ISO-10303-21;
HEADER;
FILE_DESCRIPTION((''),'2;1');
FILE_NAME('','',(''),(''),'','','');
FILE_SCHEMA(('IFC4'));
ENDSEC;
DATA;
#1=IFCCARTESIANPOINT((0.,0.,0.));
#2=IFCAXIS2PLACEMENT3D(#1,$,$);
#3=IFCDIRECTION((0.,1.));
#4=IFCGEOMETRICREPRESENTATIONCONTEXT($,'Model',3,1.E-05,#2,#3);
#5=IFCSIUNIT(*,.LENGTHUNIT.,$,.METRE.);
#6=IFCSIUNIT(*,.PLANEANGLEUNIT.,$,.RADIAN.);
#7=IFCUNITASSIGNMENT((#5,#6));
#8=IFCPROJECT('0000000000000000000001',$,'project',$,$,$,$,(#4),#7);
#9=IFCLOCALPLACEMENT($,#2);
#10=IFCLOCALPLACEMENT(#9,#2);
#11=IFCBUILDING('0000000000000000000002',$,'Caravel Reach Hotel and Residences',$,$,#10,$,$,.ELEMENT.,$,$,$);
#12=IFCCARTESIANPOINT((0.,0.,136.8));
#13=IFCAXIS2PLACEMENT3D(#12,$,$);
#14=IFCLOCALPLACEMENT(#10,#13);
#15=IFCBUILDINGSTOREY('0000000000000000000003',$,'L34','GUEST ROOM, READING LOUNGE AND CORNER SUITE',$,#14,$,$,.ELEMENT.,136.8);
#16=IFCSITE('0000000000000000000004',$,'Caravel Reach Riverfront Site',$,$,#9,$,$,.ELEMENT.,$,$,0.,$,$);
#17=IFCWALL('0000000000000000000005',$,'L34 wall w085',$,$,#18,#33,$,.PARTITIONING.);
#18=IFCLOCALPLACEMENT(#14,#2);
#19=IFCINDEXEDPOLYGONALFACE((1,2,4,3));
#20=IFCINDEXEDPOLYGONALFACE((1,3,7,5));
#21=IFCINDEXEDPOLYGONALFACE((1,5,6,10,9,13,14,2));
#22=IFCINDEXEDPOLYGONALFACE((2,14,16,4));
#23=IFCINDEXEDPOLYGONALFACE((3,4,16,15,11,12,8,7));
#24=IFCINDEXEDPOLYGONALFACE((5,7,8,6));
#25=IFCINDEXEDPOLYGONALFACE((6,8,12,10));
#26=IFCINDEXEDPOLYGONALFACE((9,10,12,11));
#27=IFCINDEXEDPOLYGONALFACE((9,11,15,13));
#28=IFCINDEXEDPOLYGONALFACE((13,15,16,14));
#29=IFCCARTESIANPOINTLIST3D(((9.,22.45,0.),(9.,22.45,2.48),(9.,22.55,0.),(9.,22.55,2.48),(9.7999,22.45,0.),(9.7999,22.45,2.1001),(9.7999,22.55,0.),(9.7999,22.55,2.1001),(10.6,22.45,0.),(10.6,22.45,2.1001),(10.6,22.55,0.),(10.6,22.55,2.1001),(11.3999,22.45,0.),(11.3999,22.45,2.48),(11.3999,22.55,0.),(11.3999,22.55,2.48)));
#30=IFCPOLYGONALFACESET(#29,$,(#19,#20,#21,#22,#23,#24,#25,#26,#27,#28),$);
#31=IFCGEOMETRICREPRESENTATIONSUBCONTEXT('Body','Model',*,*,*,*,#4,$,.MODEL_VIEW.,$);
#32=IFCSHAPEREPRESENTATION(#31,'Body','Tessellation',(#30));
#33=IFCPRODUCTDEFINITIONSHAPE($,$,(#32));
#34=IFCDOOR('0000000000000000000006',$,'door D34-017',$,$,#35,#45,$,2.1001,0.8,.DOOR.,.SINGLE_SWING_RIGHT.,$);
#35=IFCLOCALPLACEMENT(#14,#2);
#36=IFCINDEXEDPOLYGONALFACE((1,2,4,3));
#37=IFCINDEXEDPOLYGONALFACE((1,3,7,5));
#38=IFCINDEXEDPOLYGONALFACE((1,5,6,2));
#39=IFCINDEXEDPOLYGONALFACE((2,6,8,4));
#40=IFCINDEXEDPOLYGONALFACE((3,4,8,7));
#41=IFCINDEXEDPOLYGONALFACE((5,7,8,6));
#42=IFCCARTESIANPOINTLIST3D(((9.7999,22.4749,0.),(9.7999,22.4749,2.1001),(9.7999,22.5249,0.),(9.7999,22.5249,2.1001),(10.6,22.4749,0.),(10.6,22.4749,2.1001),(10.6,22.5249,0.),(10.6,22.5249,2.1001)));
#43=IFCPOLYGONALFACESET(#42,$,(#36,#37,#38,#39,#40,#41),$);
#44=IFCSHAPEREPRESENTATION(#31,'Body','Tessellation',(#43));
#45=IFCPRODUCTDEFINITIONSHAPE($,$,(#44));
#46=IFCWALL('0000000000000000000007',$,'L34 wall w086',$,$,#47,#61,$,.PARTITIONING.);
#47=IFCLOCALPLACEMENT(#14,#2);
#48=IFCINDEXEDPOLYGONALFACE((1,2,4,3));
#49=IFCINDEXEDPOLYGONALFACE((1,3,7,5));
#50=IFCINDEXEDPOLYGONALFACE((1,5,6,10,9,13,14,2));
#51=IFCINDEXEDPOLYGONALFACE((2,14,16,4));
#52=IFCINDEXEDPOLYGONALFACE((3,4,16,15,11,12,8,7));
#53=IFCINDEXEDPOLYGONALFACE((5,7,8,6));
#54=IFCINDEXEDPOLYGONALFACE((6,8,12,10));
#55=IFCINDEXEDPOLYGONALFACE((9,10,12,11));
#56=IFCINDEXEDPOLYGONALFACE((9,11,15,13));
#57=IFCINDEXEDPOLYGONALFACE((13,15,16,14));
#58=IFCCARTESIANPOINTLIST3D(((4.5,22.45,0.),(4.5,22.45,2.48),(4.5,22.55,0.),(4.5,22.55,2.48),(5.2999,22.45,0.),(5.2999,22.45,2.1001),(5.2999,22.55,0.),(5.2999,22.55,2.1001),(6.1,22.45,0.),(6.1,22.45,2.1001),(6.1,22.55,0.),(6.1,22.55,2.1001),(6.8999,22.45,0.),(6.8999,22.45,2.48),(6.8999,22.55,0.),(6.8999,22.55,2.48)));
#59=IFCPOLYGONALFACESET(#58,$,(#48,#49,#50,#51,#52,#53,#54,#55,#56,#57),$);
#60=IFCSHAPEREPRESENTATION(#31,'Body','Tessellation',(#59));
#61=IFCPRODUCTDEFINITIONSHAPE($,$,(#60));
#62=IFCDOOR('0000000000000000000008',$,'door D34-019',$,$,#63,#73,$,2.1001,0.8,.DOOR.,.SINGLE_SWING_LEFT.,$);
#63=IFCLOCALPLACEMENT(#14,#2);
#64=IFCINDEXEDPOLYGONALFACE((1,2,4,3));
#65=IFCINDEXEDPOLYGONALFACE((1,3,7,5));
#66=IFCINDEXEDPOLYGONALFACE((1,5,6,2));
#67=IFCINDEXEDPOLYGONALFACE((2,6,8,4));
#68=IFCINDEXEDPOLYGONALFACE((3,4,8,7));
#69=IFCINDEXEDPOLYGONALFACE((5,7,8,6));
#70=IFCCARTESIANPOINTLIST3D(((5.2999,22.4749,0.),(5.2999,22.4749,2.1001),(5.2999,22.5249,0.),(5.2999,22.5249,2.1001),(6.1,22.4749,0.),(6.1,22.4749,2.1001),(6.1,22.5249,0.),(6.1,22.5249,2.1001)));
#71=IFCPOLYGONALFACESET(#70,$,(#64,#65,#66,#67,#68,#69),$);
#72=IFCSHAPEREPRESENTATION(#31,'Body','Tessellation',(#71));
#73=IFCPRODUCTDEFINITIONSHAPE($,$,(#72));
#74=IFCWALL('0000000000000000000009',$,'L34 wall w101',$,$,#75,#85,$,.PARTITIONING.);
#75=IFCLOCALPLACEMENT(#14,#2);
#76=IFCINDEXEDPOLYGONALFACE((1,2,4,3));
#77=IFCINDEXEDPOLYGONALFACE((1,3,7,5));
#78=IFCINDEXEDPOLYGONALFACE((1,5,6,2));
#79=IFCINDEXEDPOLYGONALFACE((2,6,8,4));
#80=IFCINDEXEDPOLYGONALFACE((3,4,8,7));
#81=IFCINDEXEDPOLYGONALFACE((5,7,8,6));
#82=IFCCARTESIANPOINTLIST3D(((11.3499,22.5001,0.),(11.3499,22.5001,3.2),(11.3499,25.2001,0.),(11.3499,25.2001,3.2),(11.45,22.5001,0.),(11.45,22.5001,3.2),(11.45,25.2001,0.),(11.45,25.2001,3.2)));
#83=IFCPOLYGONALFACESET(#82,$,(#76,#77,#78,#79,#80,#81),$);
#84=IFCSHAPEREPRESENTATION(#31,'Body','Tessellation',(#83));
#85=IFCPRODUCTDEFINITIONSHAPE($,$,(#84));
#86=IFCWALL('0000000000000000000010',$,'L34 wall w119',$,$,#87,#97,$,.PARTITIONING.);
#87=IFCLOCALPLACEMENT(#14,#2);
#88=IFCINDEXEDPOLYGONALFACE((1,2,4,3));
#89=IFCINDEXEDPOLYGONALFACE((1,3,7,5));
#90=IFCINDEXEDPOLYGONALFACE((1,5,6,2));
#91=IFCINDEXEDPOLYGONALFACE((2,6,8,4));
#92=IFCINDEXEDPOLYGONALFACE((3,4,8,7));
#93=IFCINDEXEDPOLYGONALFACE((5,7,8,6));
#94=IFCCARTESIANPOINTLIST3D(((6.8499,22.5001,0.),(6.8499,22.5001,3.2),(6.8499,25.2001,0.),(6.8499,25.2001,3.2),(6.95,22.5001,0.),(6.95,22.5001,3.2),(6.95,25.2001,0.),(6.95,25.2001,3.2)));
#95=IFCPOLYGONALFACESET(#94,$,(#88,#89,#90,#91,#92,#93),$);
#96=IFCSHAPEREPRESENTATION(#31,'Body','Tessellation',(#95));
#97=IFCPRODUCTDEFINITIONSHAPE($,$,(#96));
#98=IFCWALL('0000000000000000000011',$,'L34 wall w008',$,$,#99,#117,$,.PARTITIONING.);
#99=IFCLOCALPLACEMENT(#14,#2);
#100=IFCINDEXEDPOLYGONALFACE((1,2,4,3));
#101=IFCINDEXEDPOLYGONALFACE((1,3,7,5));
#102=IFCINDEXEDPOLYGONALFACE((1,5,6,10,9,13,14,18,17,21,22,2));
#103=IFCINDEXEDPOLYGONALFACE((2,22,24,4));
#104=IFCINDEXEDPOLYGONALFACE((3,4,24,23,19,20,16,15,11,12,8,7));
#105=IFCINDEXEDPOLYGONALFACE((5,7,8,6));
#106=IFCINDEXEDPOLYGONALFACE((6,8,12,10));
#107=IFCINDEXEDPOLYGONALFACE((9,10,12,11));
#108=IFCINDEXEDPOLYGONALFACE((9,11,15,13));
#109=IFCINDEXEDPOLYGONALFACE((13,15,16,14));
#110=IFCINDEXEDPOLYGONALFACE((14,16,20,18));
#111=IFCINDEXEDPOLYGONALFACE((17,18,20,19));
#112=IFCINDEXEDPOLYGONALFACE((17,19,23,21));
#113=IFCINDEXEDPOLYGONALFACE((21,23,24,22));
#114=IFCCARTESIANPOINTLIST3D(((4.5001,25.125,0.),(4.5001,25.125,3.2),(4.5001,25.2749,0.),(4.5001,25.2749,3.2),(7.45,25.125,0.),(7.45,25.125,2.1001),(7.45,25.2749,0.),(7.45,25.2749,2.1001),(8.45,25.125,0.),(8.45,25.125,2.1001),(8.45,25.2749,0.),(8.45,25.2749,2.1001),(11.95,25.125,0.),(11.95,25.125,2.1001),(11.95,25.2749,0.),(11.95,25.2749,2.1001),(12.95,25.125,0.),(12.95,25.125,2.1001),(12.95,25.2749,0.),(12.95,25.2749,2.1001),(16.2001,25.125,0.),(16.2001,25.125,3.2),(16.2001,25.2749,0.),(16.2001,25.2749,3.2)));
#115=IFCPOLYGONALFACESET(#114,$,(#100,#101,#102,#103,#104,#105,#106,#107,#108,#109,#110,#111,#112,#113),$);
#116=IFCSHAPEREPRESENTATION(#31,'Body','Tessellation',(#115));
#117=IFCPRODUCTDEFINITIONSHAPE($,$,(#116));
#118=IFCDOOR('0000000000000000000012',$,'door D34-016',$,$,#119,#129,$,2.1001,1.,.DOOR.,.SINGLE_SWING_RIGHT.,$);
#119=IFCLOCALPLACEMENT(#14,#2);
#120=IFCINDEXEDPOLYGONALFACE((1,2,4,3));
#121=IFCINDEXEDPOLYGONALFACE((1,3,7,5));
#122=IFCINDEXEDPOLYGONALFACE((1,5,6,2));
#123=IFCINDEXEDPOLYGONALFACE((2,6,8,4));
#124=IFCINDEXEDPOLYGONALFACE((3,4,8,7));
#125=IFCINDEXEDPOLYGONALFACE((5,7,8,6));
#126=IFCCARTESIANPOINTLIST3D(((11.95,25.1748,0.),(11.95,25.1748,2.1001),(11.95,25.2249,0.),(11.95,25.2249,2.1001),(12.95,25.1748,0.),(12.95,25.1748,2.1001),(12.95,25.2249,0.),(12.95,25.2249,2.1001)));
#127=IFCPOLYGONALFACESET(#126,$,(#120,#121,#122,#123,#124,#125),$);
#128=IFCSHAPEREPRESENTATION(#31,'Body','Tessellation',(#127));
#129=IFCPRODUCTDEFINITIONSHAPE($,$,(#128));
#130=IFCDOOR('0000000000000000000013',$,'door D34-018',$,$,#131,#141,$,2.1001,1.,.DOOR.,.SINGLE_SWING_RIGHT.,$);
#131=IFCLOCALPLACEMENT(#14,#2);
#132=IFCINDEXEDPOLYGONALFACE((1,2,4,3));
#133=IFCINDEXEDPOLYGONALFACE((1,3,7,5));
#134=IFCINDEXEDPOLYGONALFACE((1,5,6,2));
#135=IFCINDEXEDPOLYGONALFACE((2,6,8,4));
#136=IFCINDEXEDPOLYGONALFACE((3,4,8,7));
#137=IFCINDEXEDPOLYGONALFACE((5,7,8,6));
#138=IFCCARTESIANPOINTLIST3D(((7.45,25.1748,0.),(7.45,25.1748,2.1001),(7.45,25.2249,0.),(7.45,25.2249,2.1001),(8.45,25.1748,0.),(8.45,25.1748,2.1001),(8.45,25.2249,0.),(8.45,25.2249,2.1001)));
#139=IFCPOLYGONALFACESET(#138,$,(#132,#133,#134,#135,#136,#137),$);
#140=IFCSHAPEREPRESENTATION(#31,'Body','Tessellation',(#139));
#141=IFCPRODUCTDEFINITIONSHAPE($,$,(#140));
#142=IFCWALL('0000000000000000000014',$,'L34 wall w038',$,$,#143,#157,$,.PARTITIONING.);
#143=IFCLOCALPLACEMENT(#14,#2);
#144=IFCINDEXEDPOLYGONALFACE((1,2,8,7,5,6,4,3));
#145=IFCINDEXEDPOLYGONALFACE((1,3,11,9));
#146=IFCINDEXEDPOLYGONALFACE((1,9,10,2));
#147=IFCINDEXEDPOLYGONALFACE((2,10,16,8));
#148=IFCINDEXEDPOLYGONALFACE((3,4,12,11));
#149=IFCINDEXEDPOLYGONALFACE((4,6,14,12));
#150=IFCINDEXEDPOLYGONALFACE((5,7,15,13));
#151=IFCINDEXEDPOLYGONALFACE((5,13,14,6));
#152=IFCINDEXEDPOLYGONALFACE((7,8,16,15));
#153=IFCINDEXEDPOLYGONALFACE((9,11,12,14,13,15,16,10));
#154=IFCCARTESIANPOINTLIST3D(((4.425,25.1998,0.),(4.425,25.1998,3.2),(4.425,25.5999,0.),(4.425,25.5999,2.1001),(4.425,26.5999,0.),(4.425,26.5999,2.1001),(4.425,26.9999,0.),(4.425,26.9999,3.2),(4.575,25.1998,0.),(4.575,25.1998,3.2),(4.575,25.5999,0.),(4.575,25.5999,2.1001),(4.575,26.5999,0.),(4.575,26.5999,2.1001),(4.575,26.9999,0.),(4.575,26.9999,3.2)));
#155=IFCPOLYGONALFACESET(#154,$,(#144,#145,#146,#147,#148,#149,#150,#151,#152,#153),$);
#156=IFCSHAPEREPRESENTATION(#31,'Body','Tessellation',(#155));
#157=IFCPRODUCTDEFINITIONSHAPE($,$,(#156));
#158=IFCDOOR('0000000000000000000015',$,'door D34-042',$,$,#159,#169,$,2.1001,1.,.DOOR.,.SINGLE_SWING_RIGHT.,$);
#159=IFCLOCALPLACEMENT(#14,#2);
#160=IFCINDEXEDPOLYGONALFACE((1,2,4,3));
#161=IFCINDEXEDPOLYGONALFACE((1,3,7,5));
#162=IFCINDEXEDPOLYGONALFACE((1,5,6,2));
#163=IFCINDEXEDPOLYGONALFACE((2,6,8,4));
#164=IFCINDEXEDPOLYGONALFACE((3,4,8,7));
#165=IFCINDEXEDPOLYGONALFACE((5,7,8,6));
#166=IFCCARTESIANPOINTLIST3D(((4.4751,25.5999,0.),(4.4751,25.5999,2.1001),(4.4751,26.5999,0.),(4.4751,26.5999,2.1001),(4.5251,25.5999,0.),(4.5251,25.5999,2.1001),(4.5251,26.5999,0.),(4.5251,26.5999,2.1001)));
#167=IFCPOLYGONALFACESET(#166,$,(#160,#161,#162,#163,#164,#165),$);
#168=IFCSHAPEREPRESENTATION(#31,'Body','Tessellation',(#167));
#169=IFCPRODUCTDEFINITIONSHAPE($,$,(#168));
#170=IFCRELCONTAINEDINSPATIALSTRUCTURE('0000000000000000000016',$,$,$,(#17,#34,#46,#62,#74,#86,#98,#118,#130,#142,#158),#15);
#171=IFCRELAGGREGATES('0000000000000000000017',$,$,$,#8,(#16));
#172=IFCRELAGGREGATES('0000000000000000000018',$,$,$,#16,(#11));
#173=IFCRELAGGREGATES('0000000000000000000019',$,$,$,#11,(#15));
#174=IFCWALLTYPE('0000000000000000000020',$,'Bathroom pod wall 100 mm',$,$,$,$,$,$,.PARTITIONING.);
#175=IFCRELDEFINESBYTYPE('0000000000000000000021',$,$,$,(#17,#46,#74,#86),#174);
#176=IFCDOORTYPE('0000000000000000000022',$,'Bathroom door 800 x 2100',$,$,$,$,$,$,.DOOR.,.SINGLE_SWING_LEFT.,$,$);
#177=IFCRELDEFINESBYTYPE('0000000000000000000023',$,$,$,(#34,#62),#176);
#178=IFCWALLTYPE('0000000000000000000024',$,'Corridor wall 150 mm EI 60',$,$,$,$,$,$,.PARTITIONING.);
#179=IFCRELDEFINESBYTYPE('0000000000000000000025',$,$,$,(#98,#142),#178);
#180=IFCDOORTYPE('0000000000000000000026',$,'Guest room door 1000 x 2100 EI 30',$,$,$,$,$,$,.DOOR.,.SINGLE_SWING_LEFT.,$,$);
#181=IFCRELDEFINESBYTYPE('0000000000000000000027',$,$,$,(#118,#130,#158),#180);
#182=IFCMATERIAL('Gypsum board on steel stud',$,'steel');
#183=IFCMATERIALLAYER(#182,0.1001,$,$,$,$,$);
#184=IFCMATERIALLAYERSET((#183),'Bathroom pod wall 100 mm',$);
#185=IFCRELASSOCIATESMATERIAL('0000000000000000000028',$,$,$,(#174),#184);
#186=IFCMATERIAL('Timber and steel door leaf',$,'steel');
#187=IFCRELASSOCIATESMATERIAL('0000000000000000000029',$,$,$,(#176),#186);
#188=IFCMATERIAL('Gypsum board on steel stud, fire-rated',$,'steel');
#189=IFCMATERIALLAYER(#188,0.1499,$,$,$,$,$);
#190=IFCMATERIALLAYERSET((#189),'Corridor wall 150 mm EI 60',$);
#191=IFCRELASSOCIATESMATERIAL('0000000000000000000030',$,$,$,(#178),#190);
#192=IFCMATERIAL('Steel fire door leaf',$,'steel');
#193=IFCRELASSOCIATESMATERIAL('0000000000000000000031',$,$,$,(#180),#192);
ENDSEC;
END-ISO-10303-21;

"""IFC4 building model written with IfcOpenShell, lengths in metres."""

from ifc_helpers import new_model, si_unit, direction, frame, frame_2d, origin, place, context, subcontext, project, spatial, rectangle, extrude, material, layer, layer_set, type_object, element, fill, save


model = new_model("IFC4")

# Units and contexts
model_context = context("Model", 3, precision=1e-05, world=origin(), true_north=direction((0.0, 1.0)))
body_context = subcontext(model_context, "Body", "Model", "MODEL_VIEW")
ifc_project = project(units=[si_unit("LENGTHUNIT", "METRE"), si_unit("PLANEANGLEUNIT", "RADIAN")], contexts=[model_context])

# Site, building, storey
site_placement = place(None, origin())
site = spatial("IfcSite", under=ifc_project, at=site_placement, Name="Caravel Reach Riverfront Site", CompositionType="ELEMENT", RefElevation=0.0)
building_placement = place(site_placement, origin())
building = spatial("IfcBuilding", under=site, at=building_placement, Name="Caravel Reach Hotel and Residences", CompositionType="ELEMENT")
storey_placement = place(building_placement, frame((0.0, 0.0, 136.8)))
storey = spatial("IfcBuildingStorey", under=building, at=storey_placement, Name="L34", Description="GUEST ROOM, READING LOUNGE AND CORNER SUITE", CompositionType="ELEMENT", Elevation=136.8)

# Walls, openings, doors
ifc_material_1 = material(Name="Gypsum board on steel stud", Category="steel")
ifc_layer_1 = layer(ifc_material_1, 0.1001)
ifc_layer_set_1 = layer_set([ifc_layer_1], Name="Bathroom pod wall 100 mm")
wall_type_1 = type_object("IfcWallType", Name="Bathroom pod wall 100 mm", PredefinedType="PARTITIONING", material=ifc_layer_set_1)
wall_1_placement = place(storey_placement, frame((9.0, 22.5, 0.0), z_axis=(0.0, 0.0, 1.0), x_axis=(1.0, 0.0, 0.0)))
wall_1 = element("IfcWall", 1, at=wall_1_placement, inside=storey, type_object=wall_type_1, Name="L34 wall w085", PredefinedType="PARTITIONING", context=body_context, shape_type="SweptSolid", body=[
    extrude(rectangle(XDim=2.3999, YDim=0.1001, at=frame_2d((1.2, 0.0))), origin(), (0.0, 0.0, 1.0), 2.48),
])
opening_1_placement = place(wall_1_placement, frame((0.8, 0.0, 0.0)))
opening_1 = element("IfcOpeningElement", 2, at=opening_1_placement, cuts=wall_1, PredefinedType="OPENING", context=body_context, shape_type="SweptSolid", body=[
    extrude(rectangle(XDim=0.8, YDim=2.1001, at=frame_2d((0.3999, 1.05))), frame((0.0, 0.0601, 0.0), z_axis=(0.0, -1.0, 0.0), x_axis=(1.0, 0.0, 0.0)), (0.0, 0.0, 1.0), 0.1201),
])
ifc_material_2 = material(Name="Timber and steel door leaf", Category="steel")
door_type_1 = type_object("IfcDoorType", Name="Bathroom door 800 x 2100", OperationType="SINGLE_SWING_LEFT", PredefinedType="DOOR", material=ifc_material_2)
door_1_placement = place(opening_1_placement, origin())
door_1 = element("IfcDoor", 3, at=door_1_placement, inside=storey, type_object=door_type_1, Name="door D34-017", OperationType="SINGLE_SWING_RIGHT", OverallHeight=2.1001, OverallWidth=0.8, PredefinedType="DOOR", context=body_context, shape_type="SweptSolid", body=[
    extrude(rectangle(XDim=0.8, YDim=2.1001, at=frame_2d((0.3999, 1.05))), frame((0.0, 0.0249, 0.0), z_axis=(0.0, -1.0, 0.0), x_axis=(1.0, 0.0, 0.0)), (0.0, 0.0, 1.0), 0.05),
])
fill(opening_1, door_1)
wall_2_placement = place(storey_placement, frame((4.5, 22.5, 0.0), z_axis=(0.0, 0.0, 1.0), x_axis=(1.0, 0.0, 0.0)))
wall_2 = element("IfcWall", 4, at=wall_2_placement, inside=storey, type_object=wall_type_1, Name="L34 wall w086", PredefinedType="PARTITIONING", context=body_context, shape_type="SweptSolid", body=[
    extrude(rectangle(XDim=2.3999, YDim=0.1001, at=frame_2d((1.2, 0.0))), origin(), (0.0, 0.0, 1.0), 2.48),
])
opening_2_placement = place(wall_2_placement, frame((0.8, 0.0, 0.0)))
opening_2 = element("IfcOpeningElement", 5, at=opening_2_placement, cuts=wall_2, PredefinedType="OPENING", context=body_context, shape_type="SweptSolid", body=[
    extrude(rectangle(XDim=0.8, YDim=2.1001, at=frame_2d((0.3999, 1.05))), frame((0.0, 0.0601, 0.0), z_axis=(0.0, -1.0, 0.0), x_axis=(1.0, 0.0, 0.0)), (0.0, 0.0, 1.0), 0.1201),
])
door_2_placement = place(opening_2_placement, origin())
door_2 = element("IfcDoor", 6, at=door_2_placement, inside=storey, type_object=door_type_1, Name="door D34-019", OperationType="SINGLE_SWING_LEFT", OverallHeight=2.1001, OverallWidth=0.8, PredefinedType="DOOR", context=body_context, shape_type="SweptSolid", body=[
    extrude(rectangle(XDim=0.8, YDim=2.1001, at=frame_2d((0.3999, 1.05))), frame((0.0, 0.0249, 0.0), z_axis=(0.0, -1.0, 0.0), x_axis=(1.0, 0.0, 0.0)), (0.0, 0.0, 1.0), 0.05),
])
fill(opening_2, door_2)

# Walls
for number, where, z_axis, x_axis, name in (
    (7, (11.3999, 22.5, 0.0), (0.0, 0.0, 1.0), (0.0, 1.0, 0.0), "L34 wall w101"),
    (8, (6.8999, 22.5, 0.0), (0.0, 0.0, 1.0), (0.0, 1.0, 0.0), "L34 wall w119"),
):
    element("IfcWall", number, at=place(storey_placement, frame(where, z_axis=z_axis, x_axis=x_axis)), inside=storey, type_object=wall_type_1, Name=name, PredefinedType="PARTITIONING", context=body_context, shape_type="SweptSolid", body=[
        extrude(rectangle(XDim=2.7, YDim=0.1001, at=frame_2d((1.3501, 0.0))), origin(), (0.0, 0.0, 1.0), 3.2),
    ])

# Wall, openings, doors
ifc_material_3 = material(Name="Gypsum board on steel stud, fire-rated", Category="steel")
ifc_layer_2 = layer(ifc_material_3, 0.1499)
ifc_layer_set_2 = layer_set([ifc_layer_2], Name="Corridor wall 150 mm EI 60")
wall_type_2 = type_object("IfcWallType", Name="Corridor wall 150 mm EI 60", PredefinedType="PARTITIONING", material=ifc_layer_set_2)
wall_3_placement = place(storey_placement, frame((4.5, 25.2, 0.0), z_axis=(0.0, 0.0, 1.0), x_axis=(1.0, 0.0, 0.0)))
wall_3 = element("IfcWall", 9, at=wall_3_placement, inside=storey, type_object=wall_type_2, Name="L34 wall w008", PredefinedType="PARTITIONING", context=body_context, shape_type="SweptSolid", body=[
    extrude(rectangle(XDim=11.7, YDim=0.1499, at=frame_2d((5.8501, 0.0))), origin(), (0.0, 0.0, 1.0), 3.2),
])
opening_3_placement = place(wall_3_placement, frame((7.45, 0.0, 0.0)))
opening_3 = element("IfcOpeningElement", 10, at=opening_3_placement, cuts=wall_3, PredefinedType="OPENING", context=body_context, shape_type="SweptSolid", body=[
    extrude(rectangle(XDim=1.0, YDim=2.1001, at=frame_2d((0.5, 1.05))), frame((0.0, 0.085, 0.0), z_axis=(0.0, -1.0, 0.0), x_axis=(1.0, 0.0, 0.0)), (0.0, 0.0, 1.0), 0.1699),
])
opening_4_placement = place(wall_3_placement, frame((2.95, 0.0, 0.0)))
opening_4 = element("IfcOpeningElement", 11, at=opening_4_placement, cuts=wall_3, PredefinedType="OPENING", context=body_context, shape_type="SweptSolid", body=[
    extrude(rectangle(XDim=1.0, YDim=2.1001, at=frame_2d((0.5, 1.05))), frame((0.0, 0.085, 0.0), z_axis=(0.0, -1.0, 0.0), x_axis=(1.0, 0.0, 0.0)), (0.0, 0.0, 1.0), 0.1699),
])
ifc_material_4 = material(Name="Steel fire door leaf", Category="steel")
door_type_2 = type_object("IfcDoorType", Name="Guest room door 1000 x 2100 EI 30", OperationType="SINGLE_SWING_LEFT", PredefinedType="DOOR", material=ifc_material_4)
door_3_placement = place(opening_3_placement, origin())
door_3 = element("IfcDoor", 12, at=door_3_placement, inside=storey, type_object=door_type_2, Name="door D34-016", OperationType="SINGLE_SWING_RIGHT", OverallHeight=2.1001, OverallWidth=1.0, PredefinedType="DOOR", context=body_context, shape_type="SweptSolid", body=[
    extrude(rectangle(XDim=1.0, YDim=2.1001, at=frame_2d((0.5, 1.05))), frame((0.0, 0.0249, 0.0), z_axis=(0.0, -1.0, 0.0), x_axis=(1.0, 0.0, 0.0)), (0.0, 0.0, 1.0), 0.05),
])
fill(opening_3, door_3)
door_4_placement = place(opening_4_placement, origin())
door_4 = element("IfcDoor", 13, at=door_4_placement, inside=storey, type_object=door_type_2, Name="door D34-018", OperationType="SINGLE_SWING_RIGHT", OverallHeight=2.1001, OverallWidth=1.0, PredefinedType="DOOR", context=body_context, shape_type="SweptSolid", body=[
    extrude(rectangle(XDim=1.0, YDim=2.1001, at=frame_2d((0.5, 1.05))), frame((0.0, 0.0249, 0.0), z_axis=(0.0, -1.0, 0.0), x_axis=(1.0, 0.0, 0.0)), (0.0, 0.0, 1.0), 0.05),
])
fill(opening_4, door_4)

# Wall, opening, door
wall_4_placement = place(storey_placement, frame((4.5, 25.2, 0.0), z_axis=(0.0, 0.0, 1.0), x_axis=(0.0, 1.0, 0.0)))
wall_4 = element("IfcWall", 14, at=wall_4_placement, inside=storey, type_object=wall_type_2, Name="L34 wall w038", PredefinedType="PARTITIONING", context=body_context, shape_type="SweptSolid", body=[
    extrude(rectangle(XDim=1.8, YDim=0.1499, at=frame_2d((0.8999, 0.0))), origin(), (0.0, 0.0, 1.0), 3.2),
])
opening_5_placement = place(wall_4_placement, frame((0.3999, 0.0, 0.0)))
opening_5 = element("IfcOpeningElement", 15, at=opening_5_placement, cuts=wall_4, PredefinedType="OPENING", context=body_context, shape_type="SweptSolid", body=[
    extrude(rectangle(XDim=1.0, YDim=2.1001, at=frame_2d((0.5, 1.05))), frame((0.0, 0.085, 0.0), z_axis=(0.0, -1.0, 0.0), x_axis=(1.0, 0.0, 0.0)), (0.0, 0.0, 1.0), 0.1699),
])
door_5_placement = place(opening_5_placement, origin())
door_5 = element("IfcDoor", 16, at=door_5_placement, inside=storey, type_object=door_type_2, Name="door D34-042", OperationType="SINGLE_SWING_RIGHT", OverallHeight=2.1001, OverallWidth=1.0, PredefinedType="DOOR", context=body_context, shape_type="SweptSolid", body=[
    extrude(rectangle(XDim=1.0, YDim=2.1001, at=frame_2d((0.5, 1.05))), frame((0.0, 0.0249, 0.0), z_axis=(0.0, -1.0, 0.0), x_axis=(1.0, 0.0, 0.0)), (0.0, 0.0, 1.0), 0.05),
])
fill(opening_5, door_5)

save(model, "model.ifc")
